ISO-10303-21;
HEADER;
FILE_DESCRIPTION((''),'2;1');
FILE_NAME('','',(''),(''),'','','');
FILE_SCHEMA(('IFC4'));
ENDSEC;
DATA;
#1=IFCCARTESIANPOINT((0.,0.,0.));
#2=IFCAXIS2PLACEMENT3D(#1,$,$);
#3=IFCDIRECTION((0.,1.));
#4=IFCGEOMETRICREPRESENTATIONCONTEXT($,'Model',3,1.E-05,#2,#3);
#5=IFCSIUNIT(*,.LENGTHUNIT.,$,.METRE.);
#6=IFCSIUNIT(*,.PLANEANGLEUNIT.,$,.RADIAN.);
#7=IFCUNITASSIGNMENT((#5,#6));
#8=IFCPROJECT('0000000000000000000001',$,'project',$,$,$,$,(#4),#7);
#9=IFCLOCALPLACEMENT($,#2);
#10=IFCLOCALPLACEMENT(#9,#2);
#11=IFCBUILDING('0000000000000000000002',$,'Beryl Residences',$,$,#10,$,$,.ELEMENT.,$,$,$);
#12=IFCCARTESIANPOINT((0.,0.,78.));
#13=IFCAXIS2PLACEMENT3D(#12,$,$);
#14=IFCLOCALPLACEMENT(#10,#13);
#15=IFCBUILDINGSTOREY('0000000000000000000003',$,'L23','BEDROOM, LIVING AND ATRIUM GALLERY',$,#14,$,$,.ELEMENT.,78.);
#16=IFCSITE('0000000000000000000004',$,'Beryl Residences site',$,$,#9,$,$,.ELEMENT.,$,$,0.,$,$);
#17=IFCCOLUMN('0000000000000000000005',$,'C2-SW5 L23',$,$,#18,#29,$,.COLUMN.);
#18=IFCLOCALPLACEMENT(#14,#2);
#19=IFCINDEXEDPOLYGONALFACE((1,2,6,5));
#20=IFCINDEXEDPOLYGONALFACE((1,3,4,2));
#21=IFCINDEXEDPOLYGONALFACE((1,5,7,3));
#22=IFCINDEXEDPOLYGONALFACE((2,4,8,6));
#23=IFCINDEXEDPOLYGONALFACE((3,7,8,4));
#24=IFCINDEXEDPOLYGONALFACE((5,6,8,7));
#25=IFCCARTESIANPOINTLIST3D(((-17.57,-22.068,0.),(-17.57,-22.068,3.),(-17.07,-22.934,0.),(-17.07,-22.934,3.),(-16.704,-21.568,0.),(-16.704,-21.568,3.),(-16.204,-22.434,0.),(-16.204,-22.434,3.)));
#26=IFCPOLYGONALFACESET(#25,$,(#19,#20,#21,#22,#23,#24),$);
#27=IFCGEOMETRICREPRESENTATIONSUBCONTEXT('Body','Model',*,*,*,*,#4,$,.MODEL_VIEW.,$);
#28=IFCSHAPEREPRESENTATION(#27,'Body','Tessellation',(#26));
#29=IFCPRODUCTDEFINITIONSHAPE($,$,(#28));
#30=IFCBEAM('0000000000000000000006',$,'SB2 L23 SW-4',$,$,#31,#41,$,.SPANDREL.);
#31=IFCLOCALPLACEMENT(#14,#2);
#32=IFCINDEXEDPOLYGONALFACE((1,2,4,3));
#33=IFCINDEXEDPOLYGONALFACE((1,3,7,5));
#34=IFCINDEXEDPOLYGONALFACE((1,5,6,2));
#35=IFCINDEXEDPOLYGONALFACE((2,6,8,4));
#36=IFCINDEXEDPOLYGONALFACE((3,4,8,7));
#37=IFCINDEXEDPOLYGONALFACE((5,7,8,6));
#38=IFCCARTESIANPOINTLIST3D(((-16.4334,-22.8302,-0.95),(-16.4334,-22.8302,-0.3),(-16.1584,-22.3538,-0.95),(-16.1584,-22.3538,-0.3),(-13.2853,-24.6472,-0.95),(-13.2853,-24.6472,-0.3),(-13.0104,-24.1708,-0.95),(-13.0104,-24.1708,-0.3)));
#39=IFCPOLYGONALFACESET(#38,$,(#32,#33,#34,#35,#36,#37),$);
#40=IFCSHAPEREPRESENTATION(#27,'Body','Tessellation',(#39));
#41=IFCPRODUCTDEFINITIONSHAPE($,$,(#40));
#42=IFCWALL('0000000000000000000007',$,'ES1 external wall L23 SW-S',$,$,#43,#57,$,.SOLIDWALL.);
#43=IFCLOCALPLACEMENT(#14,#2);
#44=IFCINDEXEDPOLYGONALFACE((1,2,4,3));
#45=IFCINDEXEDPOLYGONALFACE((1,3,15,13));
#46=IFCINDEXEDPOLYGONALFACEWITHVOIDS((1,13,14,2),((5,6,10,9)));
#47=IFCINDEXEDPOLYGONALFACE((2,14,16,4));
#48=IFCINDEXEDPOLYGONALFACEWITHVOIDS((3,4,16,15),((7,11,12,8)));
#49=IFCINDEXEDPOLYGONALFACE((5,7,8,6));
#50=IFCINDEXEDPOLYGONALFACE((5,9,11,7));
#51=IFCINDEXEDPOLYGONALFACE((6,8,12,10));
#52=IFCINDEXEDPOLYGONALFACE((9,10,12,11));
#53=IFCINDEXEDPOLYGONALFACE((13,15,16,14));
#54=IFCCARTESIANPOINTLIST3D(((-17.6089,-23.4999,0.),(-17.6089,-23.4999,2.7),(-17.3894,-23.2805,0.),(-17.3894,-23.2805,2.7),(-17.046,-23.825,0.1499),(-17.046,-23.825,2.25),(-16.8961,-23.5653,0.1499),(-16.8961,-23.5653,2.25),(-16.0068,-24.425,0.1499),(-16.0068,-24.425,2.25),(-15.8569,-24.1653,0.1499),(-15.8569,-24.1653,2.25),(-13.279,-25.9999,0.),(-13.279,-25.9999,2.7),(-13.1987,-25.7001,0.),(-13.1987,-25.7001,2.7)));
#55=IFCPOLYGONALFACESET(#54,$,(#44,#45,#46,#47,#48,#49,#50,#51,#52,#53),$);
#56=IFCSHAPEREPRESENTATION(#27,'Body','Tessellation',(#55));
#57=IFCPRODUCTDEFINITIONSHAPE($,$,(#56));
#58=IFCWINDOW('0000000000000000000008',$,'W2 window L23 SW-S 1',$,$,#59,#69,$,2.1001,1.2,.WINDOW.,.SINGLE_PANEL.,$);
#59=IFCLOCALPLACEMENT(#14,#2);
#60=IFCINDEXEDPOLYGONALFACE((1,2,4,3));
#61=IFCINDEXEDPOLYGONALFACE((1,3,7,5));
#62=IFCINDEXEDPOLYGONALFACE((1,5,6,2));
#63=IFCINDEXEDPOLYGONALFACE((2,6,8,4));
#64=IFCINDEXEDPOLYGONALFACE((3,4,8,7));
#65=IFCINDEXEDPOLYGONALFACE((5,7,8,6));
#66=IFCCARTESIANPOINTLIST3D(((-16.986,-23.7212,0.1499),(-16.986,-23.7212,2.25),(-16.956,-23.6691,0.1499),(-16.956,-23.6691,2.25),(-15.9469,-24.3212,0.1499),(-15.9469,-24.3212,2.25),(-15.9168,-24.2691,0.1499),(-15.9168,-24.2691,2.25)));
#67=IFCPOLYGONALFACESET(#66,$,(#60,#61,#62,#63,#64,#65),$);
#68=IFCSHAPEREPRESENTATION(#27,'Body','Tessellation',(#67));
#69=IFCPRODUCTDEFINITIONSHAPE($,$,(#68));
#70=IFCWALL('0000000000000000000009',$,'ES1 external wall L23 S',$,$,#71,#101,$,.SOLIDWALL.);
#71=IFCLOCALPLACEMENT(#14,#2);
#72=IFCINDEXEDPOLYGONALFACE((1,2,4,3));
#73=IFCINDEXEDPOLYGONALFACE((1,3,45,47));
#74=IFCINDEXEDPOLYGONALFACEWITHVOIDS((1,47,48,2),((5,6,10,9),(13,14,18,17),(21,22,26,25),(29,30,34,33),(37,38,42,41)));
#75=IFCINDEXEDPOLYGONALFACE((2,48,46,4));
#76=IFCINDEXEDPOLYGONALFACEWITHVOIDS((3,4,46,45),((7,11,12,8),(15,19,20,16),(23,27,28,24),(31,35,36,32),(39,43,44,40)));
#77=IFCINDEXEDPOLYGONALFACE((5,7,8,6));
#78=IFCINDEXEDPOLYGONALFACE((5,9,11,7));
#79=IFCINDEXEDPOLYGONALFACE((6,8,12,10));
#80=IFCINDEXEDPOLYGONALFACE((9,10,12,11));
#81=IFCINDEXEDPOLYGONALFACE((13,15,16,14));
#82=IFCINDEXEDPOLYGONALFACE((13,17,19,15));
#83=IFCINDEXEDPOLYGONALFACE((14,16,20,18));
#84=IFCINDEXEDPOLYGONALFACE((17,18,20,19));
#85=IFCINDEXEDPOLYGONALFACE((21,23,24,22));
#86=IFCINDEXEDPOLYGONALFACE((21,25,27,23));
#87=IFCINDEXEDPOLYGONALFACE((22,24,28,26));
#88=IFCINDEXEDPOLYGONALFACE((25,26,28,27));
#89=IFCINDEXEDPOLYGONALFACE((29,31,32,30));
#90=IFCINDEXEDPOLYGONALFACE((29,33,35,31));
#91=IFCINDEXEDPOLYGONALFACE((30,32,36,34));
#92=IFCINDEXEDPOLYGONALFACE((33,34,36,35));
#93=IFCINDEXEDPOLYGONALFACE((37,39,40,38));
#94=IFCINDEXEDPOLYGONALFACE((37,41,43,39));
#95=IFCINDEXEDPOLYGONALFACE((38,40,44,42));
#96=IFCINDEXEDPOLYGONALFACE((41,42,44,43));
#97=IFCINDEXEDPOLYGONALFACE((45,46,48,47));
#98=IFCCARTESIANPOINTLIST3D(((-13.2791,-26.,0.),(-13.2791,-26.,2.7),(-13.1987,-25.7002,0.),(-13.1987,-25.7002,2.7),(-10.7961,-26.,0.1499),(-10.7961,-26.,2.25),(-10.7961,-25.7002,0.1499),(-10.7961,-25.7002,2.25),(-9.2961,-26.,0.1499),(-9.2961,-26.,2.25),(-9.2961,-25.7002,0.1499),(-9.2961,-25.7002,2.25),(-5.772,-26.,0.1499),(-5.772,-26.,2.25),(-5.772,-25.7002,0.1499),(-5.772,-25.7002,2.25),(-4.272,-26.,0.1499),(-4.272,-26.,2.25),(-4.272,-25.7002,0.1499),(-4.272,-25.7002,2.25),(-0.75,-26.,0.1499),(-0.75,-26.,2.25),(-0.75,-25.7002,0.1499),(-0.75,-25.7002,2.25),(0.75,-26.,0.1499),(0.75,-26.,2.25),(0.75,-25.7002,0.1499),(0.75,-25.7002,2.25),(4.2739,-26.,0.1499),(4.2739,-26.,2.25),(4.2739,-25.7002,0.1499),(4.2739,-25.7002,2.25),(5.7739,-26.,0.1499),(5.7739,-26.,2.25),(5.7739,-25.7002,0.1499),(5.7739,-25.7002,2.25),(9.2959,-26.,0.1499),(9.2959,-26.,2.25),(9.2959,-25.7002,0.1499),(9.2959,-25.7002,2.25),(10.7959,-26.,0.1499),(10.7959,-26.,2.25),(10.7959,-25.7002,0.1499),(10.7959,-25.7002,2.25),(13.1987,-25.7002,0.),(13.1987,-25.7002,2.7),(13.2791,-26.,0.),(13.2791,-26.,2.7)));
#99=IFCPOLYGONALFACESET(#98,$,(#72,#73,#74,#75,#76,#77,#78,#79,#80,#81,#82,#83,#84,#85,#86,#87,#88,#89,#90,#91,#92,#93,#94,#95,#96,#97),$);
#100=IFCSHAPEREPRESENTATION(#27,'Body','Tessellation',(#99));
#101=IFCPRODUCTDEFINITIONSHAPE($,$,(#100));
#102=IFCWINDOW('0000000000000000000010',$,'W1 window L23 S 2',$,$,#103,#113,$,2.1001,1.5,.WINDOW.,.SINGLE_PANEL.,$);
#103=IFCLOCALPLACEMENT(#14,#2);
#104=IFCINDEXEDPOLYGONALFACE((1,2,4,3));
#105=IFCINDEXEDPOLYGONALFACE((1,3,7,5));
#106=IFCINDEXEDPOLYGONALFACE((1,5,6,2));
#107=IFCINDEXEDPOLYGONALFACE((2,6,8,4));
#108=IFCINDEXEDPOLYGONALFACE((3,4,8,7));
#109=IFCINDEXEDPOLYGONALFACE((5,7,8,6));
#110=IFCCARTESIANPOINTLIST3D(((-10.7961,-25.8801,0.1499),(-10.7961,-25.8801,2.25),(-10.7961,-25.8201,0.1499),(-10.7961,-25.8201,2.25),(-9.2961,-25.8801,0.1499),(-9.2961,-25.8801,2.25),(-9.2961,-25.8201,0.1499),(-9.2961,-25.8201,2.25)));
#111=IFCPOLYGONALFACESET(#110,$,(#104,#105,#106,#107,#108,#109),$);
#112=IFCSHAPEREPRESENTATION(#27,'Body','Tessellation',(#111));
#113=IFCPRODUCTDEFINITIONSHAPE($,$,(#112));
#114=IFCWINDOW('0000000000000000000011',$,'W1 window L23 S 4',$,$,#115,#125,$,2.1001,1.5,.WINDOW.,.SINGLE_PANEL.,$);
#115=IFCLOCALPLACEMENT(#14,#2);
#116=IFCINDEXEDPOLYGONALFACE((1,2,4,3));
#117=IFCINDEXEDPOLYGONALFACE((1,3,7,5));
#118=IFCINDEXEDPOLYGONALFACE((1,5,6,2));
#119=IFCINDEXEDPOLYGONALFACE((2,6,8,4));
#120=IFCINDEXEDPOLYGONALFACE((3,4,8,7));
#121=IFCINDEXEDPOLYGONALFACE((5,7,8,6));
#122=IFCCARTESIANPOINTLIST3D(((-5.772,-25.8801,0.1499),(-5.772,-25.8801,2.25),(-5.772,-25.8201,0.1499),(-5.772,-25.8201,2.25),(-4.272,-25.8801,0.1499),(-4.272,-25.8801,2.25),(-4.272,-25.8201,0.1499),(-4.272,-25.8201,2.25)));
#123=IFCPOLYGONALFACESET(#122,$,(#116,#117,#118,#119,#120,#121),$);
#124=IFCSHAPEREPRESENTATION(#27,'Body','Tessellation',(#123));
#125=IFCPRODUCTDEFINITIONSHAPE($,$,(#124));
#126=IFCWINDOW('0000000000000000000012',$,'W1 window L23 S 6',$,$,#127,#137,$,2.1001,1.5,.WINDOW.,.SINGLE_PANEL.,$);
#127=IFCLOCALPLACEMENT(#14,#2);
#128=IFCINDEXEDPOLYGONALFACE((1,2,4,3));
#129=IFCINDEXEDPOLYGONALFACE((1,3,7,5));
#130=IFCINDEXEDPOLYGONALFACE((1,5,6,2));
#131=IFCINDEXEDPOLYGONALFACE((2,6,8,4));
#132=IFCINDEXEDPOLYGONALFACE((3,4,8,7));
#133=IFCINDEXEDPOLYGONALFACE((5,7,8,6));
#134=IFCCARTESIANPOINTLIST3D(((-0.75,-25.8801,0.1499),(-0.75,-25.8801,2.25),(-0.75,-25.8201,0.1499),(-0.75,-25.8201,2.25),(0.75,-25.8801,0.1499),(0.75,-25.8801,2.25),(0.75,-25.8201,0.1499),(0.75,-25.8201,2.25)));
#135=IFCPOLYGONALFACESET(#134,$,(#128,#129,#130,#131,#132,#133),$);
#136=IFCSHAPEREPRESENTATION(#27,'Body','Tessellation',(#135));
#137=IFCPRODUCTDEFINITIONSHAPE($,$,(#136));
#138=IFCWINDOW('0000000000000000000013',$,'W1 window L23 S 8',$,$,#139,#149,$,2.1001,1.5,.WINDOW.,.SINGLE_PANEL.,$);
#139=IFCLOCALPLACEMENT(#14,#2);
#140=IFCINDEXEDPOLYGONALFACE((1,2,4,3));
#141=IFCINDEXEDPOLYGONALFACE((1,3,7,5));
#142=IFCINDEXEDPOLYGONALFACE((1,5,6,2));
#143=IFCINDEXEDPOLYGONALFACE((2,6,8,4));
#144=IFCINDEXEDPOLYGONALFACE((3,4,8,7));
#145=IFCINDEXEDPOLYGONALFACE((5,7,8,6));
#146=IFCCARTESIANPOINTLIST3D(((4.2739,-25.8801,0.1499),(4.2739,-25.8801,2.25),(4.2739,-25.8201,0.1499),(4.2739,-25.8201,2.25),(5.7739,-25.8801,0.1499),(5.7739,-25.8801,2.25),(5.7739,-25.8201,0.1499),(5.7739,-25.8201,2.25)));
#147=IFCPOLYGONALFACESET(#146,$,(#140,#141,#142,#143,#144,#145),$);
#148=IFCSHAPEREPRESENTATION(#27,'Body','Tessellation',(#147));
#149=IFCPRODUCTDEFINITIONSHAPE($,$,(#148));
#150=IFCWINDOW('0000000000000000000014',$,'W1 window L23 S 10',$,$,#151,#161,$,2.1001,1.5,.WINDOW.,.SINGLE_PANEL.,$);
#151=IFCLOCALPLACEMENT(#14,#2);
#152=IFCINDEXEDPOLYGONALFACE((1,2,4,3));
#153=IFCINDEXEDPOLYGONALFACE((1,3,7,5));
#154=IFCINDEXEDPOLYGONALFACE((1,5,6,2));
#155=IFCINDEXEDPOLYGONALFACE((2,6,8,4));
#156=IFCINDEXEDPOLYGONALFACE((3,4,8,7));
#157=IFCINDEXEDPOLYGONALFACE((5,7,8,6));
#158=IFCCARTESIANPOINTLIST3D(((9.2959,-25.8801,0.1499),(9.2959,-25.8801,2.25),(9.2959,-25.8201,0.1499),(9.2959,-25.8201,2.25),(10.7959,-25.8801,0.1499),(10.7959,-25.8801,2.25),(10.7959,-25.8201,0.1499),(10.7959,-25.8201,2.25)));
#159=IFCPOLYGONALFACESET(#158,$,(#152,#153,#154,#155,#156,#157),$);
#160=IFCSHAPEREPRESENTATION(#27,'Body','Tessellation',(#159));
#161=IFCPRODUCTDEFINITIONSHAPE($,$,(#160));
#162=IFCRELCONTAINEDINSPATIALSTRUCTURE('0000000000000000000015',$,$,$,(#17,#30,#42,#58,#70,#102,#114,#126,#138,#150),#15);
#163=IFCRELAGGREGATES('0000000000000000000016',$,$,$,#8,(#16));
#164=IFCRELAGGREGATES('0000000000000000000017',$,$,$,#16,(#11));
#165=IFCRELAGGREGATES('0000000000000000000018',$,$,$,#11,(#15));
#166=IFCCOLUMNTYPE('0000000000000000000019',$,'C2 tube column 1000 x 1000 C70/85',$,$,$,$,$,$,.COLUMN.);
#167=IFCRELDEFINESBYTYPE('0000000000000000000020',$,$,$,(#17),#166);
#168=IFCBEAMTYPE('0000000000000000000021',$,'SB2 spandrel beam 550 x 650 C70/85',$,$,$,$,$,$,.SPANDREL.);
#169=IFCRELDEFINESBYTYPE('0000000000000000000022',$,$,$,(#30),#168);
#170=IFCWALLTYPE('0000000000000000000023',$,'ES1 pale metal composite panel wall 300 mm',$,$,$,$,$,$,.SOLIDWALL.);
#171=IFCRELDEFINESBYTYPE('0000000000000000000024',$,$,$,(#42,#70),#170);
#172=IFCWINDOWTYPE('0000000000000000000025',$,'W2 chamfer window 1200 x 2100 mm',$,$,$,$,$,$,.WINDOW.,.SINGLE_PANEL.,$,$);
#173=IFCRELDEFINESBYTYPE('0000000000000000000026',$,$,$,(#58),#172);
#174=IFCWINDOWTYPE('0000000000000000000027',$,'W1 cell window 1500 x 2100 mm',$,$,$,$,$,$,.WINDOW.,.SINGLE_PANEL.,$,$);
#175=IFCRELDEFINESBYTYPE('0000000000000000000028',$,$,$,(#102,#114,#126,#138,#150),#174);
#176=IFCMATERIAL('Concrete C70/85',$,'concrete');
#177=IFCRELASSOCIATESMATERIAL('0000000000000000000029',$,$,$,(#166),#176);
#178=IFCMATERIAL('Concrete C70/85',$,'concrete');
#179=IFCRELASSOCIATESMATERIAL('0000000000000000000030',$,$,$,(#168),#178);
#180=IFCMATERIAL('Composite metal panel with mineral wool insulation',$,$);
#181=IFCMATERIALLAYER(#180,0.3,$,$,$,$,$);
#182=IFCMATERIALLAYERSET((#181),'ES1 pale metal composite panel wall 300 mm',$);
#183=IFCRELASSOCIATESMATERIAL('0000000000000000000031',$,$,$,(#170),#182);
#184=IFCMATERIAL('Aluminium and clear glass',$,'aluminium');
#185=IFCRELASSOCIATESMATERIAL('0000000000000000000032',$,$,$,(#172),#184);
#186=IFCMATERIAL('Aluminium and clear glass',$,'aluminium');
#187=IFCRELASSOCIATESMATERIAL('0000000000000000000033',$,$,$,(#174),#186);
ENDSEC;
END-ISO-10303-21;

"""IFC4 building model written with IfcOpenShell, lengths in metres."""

from ifc_helpers import new_model, si_unit, direction, frame, frame_2d, origin, origin_2d, place, context, subcontext, project, spatial, polyline, rectangle, outline, extrude, material, layer, layer_set, material_profile, profile_set, type_object, element, fill, save


model = new_model("IFC4")

# Units and contexts
model_context = context("Model", 3, precision=1e-05, world=origin(), true_north=direction((0.0, 1.0)))
body_context = subcontext(model_context, "Body", "Model", "MODEL_VIEW")
ifc_project = project(units=[si_unit("LENGTHUNIT", "METRE"), si_unit("PLANEANGLEUNIT", "RADIAN")], contexts=[model_context])

# Site, building, storey
site_placement = place(None, origin())
site = spatial("IfcSite", under=ifc_project, at=site_placement, Name="Beryl Residences site", CompositionType="ELEMENT", RefElevation=0.0)
building_placement = place(site_placement, origin())
building = spatial("IfcBuilding", under=site, at=building_placement, Name="Beryl Residences", CompositionType="ELEMENT")
storey_placement = place(building_placement, frame((0.0, 0.0, 78.0)))
storey = spatial("IfcBuildingStorey", under=building, at=storey_placement, Name="L23", Description="BEDROOM, LIVING AND ATRIUM GALLERY", CompositionType="ELEMENT", Elevation=78.0)

# Column
ifc_material_1 = material(Name="Concrete C70/85", Category="concrete")
ifc_material_profile_1 = material_profile(ifc_material_1, rectangle(XDim=1.0, YDim=1.0, at=origin_2d()))
ifc_profile_set_1 = profile_set([ifc_material_profile_1], Name="Concrete C70/85")
column_type = type_object("IfcColumnType", Name="C2 tube column 1000 x 1000 C70/85", PredefinedType="COLUMN", material=ifc_profile_set_1)
column_placement = place(storey_placement, frame((-16.887, -22.251, 0.0), z_axis=(0.0, 0.0, 1.0), x_axis=(0.5, -0.866025, 0.0)))
element("IfcColumn", 1, at=column_placement, inside=storey, type_object=column_type, Name="C2-SW5 L23", PredefinedType="COLUMN", context=body_context, shape_type="SweptSolid", body=[
    extrude(rectangle(XDim=1.0, YDim=1.0, at=origin_2d()), origin(), (0.0, 0.0, 1.0), 3.0),
])

# Beam
ifc_material_2 = material(Name="Concrete C70/85", Category="concrete")
ifc_material_profile_2 = material_profile(ifc_material_2, rectangle(XDim=0.55, YDim=0.6499, at=origin_2d()))
ifc_profile_set_2 = profile_set([ifc_material_profile_2], Name="Concrete C70/85")
beam_type = type_object("IfcBeamType", Name="SB2 spandrel beam 550 x 650 C70/85", PredefinedType="SPANDREL", material=ifc_profile_set_2)
beam_placement = place(storey_placement, frame((-16.2959, -22.592, -0.625), z_axis=(0.866094, -0.499881, 0.0), x_axis=(0.499881, 0.866094, 0.0)))
element("IfcBeam", 2, at=beam_placement, inside=storey, type_object=beam_type, Name="SB2 L23 SW-4", PredefinedType="SPANDREL", context=body_context, shape_type="SweptSolid", body=[
    extrude(rectangle(XDim=0.55, YDim=0.6499, at=origin_2d()), origin(), (0.0, 0.0, 1.0), 3.6348),
])

# Wall, opening, window
ifc_material_3 = material(Name="Composite metal panel with mineral wool insulation")
ifc_layer_1 = layer(ifc_material_3, 0.3)
ifc_layer_set_1 = layer_set([ifc_layer_1], Name="ES1 pale metal composite panel wall 300 mm")
wall_type_1 = type_object("IfcWallType", Name="ES1 pale metal composite panel wall 300 mm", PredefinedType="SOLIDWALL", material=ifc_layer_set_1)
wall_1_placement = place(storey_placement, frame((-17.5339, -23.3701, 0.0), z_axis=(0.0, 0.0, 1.0), x_axis=(0.866011, -0.500025, 0.0)))
wall_1 = element("IfcWall", 3, at=wall_1_placement, inside=storey, type_object=wall_type_1, Name="ES1 external wall L23 SW-S", PredefinedType="SOLIDWALL", context=body_context, shape_type="SweptSolid", body=[
    extrude(outline(polyline([(0.0, -0.1499), (4.9998, -0.1499), (4.9194, 0.1499), (0.0803, 0.1499), (0.0, -0.1499)])), origin(), (0.0, 0.0, 1.0), 2.7),
])
opening_1_placement = place(wall_1_placement, frame((0.6499, 0.0, 0.1499)))
opening_1 = element("IfcOpeningElement", 4, at=opening_1_placement, cuts=wall_1, PredefinedType="OPENING", context=body_context, shape_type="SweptSolid", body=[
    extrude(rectangle(XDim=1.2, YDim=2.1001, at=frame_2d((0.6001, 1.05))), frame((0.0, 0.1599, 0.0), z_axis=(0.0, -1.0, 0.0), x_axis=(1.0, 0.0, 0.0)), (0.0, 0.0, 1.0), 0.3201),
])
ifc_material_4 = material(Name="Aluminium and clear glass", Category="aluminium")
window_type_1 = type_object("IfcWindowType", Name="W2 chamfer window 1200 x 2100 mm", PartitioningType="SINGLE_PANEL", PredefinedType="WINDOW", material=ifc_material_4)
window_1_placement = place(opening_1_placement, origin())
window_1 = element("IfcWindow", 5, at=window_1_placement, inside=storey, type_object=window_type_1, Name="W2 window L23 SW-S 1", OverallHeight=2.1001, OverallWidth=1.2, PartitioningType="SINGLE_PANEL", PredefinedType="WINDOW", context=body_context, shape_type="SweptSolid", body=[
    extrude(rectangle(XDim=1.2, YDim=2.1001, at=frame_2d((0.6001, 1.05))), frame((0.0, 0.03, 0.0), z_axis=(0.0, -1.0, 0.0), x_axis=(1.0, 0.0, 0.0)), (0.0, 0.0, 1.0), 0.0601),
])
fill(opening_1, window_1)

# Wall, openings, windows
wall_2_placement = place(storey_placement, frame((-13.2791, -25.8501, 0.0), z_axis=(0.0, 0.0, 1.0), x_axis=(1.0, 0.0, 0.0)))
wall_2 = element("IfcWall", 6, at=wall_2_placement, inside=storey, type_object=wall_type_1, Name="ES1 external wall L23 S", PredefinedType="SOLIDWALL", context=body_context, shape_type="SweptSolid", body=[
    extrude(outline(polyline([(0.0, -0.1499), (26.5581, -0.1499), (26.4778, 0.1499), (0.0803, 0.1499), (0.0, -0.1499)])), origin(), (0.0, 0.0, 1.0), 2.7),
])
opening_2_placement = place(wall_2_placement, frame((2.4829, 0.0, 0.1499)))
opening_2 = element("IfcOpeningElement", 7, at=opening_2_placement, cuts=wall_2, PredefinedType="OPENING", context=body_context, shape_type="SweptSolid", body=[
    extrude(rectangle(XDim=1.5, YDim=2.1001, at=frame_2d((0.75, 1.05))), frame((0.0, 0.1599, 0.0), z_axis=(0.0, -1.0, 0.0), x_axis=(1.0, 0.0, 0.0)), (0.0, 0.0, 1.0), 0.3201),
])
opening_3_placement = place(wall_2_placement, frame((7.5071, 0.0, 0.1499)))
opening_3 = element("IfcOpeningElement", 8, at=opening_3_placement, cuts=wall_2, PredefinedType="OPENING", context=body_context, shape_type="SweptSolid", body=[
    extrude(rectangle(XDim=1.5, YDim=2.1001, at=frame_2d((0.75, 1.05))), frame((0.0, 0.1599, 0.0), z_axis=(0.0, -1.0, 0.0), x_axis=(1.0, 0.0, 0.0)), (0.0, 0.0, 1.0), 0.3201),
])
opening_4_placement = place(wall_2_placement, frame((12.5291, 0.0, 0.1499)))
opening_4 = element("IfcOpeningElement", 9, at=opening_4_placement, cuts=wall_2, PredefinedType="OPENING", context=body_context, shape_type="SweptSolid", body=[
    extrude(rectangle(XDim=1.5, YDim=2.1001, at=frame_2d((0.75, 1.05))), frame((0.0, 0.1599, 0.0), z_axis=(0.0, -1.0, 0.0), x_axis=(1.0, 0.0, 0.0)), (0.0, 0.0, 1.0), 0.3201),
])
opening_5_placement = place(wall_2_placement, frame((17.553, 0.0, 0.1499)))
opening_5 = element("IfcOpeningElement", 10, at=opening_5_placement, cuts=wall_2, PredefinedType="OPENING", context=body_context, shape_type="SweptSolid", body=[
    extrude(rectangle(XDim=1.5, YDim=2.1001, at=frame_2d((0.75, 1.05))), frame((0.0, 0.1599, 0.0), z_axis=(0.0, -1.0, 0.0), x_axis=(1.0, 0.0, 0.0)), (0.0, 0.0, 1.0), 0.3201),
])
opening_6_placement = place(wall_2_placement, frame((22.575, 0.0, 0.1499)))
opening_6 = element("IfcOpeningElement", 11, at=opening_6_placement, cuts=wall_2, PredefinedType="OPENING", context=body_context, shape_type="SweptSolid", body=[
    extrude(rectangle(XDim=1.5, YDim=2.1001, at=frame_2d((0.75, 1.05))), frame((0.0, 0.1599, 0.0), z_axis=(0.0, -1.0, 0.0), x_axis=(1.0, 0.0, 0.0)), (0.0, 0.0, 1.0), 0.3201),
])
ifc_material_5 = material(Name="Aluminium and clear glass", Category="aluminium")
window_type_2 = type_object("IfcWindowType", Name="W1 cell window 1500 x 2100 mm", PartitioningType="SINGLE_PANEL", PredefinedType="WINDOW", material=ifc_material_5)
window_2_placement = place(opening_2_placement, origin())
window_2 = element("IfcWindow", 12, at=window_2_placement, inside=storey, type_object=window_type_2, Name="W1 window L23 S 2", OverallHeight=2.1001, OverallWidth=1.5, PartitioningType="SINGLE_PANEL", PredefinedType="WINDOW", context=body_context, shape_type="SweptSolid", body=[
    extrude(rectangle(XDim=1.5, YDim=2.1001, at=frame_2d((0.75, 1.05))), frame((0.0, 0.03, 0.0), z_axis=(0.0, -1.0, 0.0), x_axis=(1.0, 0.0, 0.0)), (0.0, 0.0, 1.0), 0.0601),
])
fill(opening_2, window_2)
window_3_placement = place(opening_3_placement, origin())
window_3 = element("IfcWindow", 13, at=window_3_placement, inside=storey, type_object=window_type_2, Name="W1 window L23 S 4", OverallHeight=2.1001, OverallWidth=1.5, PartitioningType="SINGLE_PANEL", PredefinedType="WINDOW", context=body_context, shape_type="SweptSolid", body=[
    extrude(rectangle(XDim=1.5, YDim=2.1001, at=frame_2d((0.75, 1.05))), frame((0.0, 0.03, 0.0), z_axis=(0.0, -1.0, 0.0), x_axis=(1.0, 0.0, 0.0)), (0.0, 0.0, 1.0), 0.0601),
])
fill(opening_3, window_3)
window_4_placement = place(opening_4_placement, origin())
window_4 = element("IfcWindow", 14, at=window_4_placement, inside=storey, type_object=window_type_2, Name="W1 window L23 S 6", OverallHeight=2.1001, OverallWidth=1.5, PartitioningType="SINGLE_PANEL", PredefinedType="WINDOW", context=body_context, shape_type="SweptSolid", body=[
    extrude(rectangle(XDim=1.5, YDim=2.1001, at=frame_2d((0.75, 1.05))), frame((0.0, 0.03, 0.0), z_axis=(0.0, -1.0, 0.0), x_axis=(1.0, 0.0, 0.0)), (0.0, 0.0, 1.0), 0.0601),
])
fill(opening_4, window_4)
window_5_placement = place(opening_5_placement, origin())
window_5 = element("IfcWindow", 15, at=window_5_placement, inside=storey, type_object=window_type_2, Name="W1 window L23 S 8", OverallHeight=2.1001, OverallWidth=1.5, PartitioningType="SINGLE_PANEL", PredefinedType="WINDOW", context=body_context, shape_type="SweptSolid", body=[
    extrude(rectangle(XDim=1.5, YDim=2.1001, at=frame_2d((0.75, 1.05))), frame((0.0, 0.03, 0.0), z_axis=(0.0, -1.0, 0.0), x_axis=(1.0, 0.0, 0.0)), (0.0, 0.0, 1.0), 0.0601),
])
fill(opening_5, window_5)
window_6_placement = place(opening_6_placement, origin())
window_6 = element("IfcWindow", 16, at=window_6_placement, inside=storey, type_object=window_type_2, Name="W1 window L23 S 10", OverallHeight=2.1001, OverallWidth=1.5, PartitioningType="SINGLE_PANEL", PredefinedType="WINDOW", context=body_context, shape_type="SweptSolid", body=[
    extrude(rectangle(XDim=1.5, YDim=2.1001, at=frame_2d((0.75, 1.05))), frame((0.0, 0.03, 0.0), z_axis=(0.0, -1.0, 0.0), x_axis=(1.0, 0.0, 0.0)), (0.0, 0.0, 1.0), 0.0601),
])
fill(opening_6, window_6)

save(model, "model.ifc")
